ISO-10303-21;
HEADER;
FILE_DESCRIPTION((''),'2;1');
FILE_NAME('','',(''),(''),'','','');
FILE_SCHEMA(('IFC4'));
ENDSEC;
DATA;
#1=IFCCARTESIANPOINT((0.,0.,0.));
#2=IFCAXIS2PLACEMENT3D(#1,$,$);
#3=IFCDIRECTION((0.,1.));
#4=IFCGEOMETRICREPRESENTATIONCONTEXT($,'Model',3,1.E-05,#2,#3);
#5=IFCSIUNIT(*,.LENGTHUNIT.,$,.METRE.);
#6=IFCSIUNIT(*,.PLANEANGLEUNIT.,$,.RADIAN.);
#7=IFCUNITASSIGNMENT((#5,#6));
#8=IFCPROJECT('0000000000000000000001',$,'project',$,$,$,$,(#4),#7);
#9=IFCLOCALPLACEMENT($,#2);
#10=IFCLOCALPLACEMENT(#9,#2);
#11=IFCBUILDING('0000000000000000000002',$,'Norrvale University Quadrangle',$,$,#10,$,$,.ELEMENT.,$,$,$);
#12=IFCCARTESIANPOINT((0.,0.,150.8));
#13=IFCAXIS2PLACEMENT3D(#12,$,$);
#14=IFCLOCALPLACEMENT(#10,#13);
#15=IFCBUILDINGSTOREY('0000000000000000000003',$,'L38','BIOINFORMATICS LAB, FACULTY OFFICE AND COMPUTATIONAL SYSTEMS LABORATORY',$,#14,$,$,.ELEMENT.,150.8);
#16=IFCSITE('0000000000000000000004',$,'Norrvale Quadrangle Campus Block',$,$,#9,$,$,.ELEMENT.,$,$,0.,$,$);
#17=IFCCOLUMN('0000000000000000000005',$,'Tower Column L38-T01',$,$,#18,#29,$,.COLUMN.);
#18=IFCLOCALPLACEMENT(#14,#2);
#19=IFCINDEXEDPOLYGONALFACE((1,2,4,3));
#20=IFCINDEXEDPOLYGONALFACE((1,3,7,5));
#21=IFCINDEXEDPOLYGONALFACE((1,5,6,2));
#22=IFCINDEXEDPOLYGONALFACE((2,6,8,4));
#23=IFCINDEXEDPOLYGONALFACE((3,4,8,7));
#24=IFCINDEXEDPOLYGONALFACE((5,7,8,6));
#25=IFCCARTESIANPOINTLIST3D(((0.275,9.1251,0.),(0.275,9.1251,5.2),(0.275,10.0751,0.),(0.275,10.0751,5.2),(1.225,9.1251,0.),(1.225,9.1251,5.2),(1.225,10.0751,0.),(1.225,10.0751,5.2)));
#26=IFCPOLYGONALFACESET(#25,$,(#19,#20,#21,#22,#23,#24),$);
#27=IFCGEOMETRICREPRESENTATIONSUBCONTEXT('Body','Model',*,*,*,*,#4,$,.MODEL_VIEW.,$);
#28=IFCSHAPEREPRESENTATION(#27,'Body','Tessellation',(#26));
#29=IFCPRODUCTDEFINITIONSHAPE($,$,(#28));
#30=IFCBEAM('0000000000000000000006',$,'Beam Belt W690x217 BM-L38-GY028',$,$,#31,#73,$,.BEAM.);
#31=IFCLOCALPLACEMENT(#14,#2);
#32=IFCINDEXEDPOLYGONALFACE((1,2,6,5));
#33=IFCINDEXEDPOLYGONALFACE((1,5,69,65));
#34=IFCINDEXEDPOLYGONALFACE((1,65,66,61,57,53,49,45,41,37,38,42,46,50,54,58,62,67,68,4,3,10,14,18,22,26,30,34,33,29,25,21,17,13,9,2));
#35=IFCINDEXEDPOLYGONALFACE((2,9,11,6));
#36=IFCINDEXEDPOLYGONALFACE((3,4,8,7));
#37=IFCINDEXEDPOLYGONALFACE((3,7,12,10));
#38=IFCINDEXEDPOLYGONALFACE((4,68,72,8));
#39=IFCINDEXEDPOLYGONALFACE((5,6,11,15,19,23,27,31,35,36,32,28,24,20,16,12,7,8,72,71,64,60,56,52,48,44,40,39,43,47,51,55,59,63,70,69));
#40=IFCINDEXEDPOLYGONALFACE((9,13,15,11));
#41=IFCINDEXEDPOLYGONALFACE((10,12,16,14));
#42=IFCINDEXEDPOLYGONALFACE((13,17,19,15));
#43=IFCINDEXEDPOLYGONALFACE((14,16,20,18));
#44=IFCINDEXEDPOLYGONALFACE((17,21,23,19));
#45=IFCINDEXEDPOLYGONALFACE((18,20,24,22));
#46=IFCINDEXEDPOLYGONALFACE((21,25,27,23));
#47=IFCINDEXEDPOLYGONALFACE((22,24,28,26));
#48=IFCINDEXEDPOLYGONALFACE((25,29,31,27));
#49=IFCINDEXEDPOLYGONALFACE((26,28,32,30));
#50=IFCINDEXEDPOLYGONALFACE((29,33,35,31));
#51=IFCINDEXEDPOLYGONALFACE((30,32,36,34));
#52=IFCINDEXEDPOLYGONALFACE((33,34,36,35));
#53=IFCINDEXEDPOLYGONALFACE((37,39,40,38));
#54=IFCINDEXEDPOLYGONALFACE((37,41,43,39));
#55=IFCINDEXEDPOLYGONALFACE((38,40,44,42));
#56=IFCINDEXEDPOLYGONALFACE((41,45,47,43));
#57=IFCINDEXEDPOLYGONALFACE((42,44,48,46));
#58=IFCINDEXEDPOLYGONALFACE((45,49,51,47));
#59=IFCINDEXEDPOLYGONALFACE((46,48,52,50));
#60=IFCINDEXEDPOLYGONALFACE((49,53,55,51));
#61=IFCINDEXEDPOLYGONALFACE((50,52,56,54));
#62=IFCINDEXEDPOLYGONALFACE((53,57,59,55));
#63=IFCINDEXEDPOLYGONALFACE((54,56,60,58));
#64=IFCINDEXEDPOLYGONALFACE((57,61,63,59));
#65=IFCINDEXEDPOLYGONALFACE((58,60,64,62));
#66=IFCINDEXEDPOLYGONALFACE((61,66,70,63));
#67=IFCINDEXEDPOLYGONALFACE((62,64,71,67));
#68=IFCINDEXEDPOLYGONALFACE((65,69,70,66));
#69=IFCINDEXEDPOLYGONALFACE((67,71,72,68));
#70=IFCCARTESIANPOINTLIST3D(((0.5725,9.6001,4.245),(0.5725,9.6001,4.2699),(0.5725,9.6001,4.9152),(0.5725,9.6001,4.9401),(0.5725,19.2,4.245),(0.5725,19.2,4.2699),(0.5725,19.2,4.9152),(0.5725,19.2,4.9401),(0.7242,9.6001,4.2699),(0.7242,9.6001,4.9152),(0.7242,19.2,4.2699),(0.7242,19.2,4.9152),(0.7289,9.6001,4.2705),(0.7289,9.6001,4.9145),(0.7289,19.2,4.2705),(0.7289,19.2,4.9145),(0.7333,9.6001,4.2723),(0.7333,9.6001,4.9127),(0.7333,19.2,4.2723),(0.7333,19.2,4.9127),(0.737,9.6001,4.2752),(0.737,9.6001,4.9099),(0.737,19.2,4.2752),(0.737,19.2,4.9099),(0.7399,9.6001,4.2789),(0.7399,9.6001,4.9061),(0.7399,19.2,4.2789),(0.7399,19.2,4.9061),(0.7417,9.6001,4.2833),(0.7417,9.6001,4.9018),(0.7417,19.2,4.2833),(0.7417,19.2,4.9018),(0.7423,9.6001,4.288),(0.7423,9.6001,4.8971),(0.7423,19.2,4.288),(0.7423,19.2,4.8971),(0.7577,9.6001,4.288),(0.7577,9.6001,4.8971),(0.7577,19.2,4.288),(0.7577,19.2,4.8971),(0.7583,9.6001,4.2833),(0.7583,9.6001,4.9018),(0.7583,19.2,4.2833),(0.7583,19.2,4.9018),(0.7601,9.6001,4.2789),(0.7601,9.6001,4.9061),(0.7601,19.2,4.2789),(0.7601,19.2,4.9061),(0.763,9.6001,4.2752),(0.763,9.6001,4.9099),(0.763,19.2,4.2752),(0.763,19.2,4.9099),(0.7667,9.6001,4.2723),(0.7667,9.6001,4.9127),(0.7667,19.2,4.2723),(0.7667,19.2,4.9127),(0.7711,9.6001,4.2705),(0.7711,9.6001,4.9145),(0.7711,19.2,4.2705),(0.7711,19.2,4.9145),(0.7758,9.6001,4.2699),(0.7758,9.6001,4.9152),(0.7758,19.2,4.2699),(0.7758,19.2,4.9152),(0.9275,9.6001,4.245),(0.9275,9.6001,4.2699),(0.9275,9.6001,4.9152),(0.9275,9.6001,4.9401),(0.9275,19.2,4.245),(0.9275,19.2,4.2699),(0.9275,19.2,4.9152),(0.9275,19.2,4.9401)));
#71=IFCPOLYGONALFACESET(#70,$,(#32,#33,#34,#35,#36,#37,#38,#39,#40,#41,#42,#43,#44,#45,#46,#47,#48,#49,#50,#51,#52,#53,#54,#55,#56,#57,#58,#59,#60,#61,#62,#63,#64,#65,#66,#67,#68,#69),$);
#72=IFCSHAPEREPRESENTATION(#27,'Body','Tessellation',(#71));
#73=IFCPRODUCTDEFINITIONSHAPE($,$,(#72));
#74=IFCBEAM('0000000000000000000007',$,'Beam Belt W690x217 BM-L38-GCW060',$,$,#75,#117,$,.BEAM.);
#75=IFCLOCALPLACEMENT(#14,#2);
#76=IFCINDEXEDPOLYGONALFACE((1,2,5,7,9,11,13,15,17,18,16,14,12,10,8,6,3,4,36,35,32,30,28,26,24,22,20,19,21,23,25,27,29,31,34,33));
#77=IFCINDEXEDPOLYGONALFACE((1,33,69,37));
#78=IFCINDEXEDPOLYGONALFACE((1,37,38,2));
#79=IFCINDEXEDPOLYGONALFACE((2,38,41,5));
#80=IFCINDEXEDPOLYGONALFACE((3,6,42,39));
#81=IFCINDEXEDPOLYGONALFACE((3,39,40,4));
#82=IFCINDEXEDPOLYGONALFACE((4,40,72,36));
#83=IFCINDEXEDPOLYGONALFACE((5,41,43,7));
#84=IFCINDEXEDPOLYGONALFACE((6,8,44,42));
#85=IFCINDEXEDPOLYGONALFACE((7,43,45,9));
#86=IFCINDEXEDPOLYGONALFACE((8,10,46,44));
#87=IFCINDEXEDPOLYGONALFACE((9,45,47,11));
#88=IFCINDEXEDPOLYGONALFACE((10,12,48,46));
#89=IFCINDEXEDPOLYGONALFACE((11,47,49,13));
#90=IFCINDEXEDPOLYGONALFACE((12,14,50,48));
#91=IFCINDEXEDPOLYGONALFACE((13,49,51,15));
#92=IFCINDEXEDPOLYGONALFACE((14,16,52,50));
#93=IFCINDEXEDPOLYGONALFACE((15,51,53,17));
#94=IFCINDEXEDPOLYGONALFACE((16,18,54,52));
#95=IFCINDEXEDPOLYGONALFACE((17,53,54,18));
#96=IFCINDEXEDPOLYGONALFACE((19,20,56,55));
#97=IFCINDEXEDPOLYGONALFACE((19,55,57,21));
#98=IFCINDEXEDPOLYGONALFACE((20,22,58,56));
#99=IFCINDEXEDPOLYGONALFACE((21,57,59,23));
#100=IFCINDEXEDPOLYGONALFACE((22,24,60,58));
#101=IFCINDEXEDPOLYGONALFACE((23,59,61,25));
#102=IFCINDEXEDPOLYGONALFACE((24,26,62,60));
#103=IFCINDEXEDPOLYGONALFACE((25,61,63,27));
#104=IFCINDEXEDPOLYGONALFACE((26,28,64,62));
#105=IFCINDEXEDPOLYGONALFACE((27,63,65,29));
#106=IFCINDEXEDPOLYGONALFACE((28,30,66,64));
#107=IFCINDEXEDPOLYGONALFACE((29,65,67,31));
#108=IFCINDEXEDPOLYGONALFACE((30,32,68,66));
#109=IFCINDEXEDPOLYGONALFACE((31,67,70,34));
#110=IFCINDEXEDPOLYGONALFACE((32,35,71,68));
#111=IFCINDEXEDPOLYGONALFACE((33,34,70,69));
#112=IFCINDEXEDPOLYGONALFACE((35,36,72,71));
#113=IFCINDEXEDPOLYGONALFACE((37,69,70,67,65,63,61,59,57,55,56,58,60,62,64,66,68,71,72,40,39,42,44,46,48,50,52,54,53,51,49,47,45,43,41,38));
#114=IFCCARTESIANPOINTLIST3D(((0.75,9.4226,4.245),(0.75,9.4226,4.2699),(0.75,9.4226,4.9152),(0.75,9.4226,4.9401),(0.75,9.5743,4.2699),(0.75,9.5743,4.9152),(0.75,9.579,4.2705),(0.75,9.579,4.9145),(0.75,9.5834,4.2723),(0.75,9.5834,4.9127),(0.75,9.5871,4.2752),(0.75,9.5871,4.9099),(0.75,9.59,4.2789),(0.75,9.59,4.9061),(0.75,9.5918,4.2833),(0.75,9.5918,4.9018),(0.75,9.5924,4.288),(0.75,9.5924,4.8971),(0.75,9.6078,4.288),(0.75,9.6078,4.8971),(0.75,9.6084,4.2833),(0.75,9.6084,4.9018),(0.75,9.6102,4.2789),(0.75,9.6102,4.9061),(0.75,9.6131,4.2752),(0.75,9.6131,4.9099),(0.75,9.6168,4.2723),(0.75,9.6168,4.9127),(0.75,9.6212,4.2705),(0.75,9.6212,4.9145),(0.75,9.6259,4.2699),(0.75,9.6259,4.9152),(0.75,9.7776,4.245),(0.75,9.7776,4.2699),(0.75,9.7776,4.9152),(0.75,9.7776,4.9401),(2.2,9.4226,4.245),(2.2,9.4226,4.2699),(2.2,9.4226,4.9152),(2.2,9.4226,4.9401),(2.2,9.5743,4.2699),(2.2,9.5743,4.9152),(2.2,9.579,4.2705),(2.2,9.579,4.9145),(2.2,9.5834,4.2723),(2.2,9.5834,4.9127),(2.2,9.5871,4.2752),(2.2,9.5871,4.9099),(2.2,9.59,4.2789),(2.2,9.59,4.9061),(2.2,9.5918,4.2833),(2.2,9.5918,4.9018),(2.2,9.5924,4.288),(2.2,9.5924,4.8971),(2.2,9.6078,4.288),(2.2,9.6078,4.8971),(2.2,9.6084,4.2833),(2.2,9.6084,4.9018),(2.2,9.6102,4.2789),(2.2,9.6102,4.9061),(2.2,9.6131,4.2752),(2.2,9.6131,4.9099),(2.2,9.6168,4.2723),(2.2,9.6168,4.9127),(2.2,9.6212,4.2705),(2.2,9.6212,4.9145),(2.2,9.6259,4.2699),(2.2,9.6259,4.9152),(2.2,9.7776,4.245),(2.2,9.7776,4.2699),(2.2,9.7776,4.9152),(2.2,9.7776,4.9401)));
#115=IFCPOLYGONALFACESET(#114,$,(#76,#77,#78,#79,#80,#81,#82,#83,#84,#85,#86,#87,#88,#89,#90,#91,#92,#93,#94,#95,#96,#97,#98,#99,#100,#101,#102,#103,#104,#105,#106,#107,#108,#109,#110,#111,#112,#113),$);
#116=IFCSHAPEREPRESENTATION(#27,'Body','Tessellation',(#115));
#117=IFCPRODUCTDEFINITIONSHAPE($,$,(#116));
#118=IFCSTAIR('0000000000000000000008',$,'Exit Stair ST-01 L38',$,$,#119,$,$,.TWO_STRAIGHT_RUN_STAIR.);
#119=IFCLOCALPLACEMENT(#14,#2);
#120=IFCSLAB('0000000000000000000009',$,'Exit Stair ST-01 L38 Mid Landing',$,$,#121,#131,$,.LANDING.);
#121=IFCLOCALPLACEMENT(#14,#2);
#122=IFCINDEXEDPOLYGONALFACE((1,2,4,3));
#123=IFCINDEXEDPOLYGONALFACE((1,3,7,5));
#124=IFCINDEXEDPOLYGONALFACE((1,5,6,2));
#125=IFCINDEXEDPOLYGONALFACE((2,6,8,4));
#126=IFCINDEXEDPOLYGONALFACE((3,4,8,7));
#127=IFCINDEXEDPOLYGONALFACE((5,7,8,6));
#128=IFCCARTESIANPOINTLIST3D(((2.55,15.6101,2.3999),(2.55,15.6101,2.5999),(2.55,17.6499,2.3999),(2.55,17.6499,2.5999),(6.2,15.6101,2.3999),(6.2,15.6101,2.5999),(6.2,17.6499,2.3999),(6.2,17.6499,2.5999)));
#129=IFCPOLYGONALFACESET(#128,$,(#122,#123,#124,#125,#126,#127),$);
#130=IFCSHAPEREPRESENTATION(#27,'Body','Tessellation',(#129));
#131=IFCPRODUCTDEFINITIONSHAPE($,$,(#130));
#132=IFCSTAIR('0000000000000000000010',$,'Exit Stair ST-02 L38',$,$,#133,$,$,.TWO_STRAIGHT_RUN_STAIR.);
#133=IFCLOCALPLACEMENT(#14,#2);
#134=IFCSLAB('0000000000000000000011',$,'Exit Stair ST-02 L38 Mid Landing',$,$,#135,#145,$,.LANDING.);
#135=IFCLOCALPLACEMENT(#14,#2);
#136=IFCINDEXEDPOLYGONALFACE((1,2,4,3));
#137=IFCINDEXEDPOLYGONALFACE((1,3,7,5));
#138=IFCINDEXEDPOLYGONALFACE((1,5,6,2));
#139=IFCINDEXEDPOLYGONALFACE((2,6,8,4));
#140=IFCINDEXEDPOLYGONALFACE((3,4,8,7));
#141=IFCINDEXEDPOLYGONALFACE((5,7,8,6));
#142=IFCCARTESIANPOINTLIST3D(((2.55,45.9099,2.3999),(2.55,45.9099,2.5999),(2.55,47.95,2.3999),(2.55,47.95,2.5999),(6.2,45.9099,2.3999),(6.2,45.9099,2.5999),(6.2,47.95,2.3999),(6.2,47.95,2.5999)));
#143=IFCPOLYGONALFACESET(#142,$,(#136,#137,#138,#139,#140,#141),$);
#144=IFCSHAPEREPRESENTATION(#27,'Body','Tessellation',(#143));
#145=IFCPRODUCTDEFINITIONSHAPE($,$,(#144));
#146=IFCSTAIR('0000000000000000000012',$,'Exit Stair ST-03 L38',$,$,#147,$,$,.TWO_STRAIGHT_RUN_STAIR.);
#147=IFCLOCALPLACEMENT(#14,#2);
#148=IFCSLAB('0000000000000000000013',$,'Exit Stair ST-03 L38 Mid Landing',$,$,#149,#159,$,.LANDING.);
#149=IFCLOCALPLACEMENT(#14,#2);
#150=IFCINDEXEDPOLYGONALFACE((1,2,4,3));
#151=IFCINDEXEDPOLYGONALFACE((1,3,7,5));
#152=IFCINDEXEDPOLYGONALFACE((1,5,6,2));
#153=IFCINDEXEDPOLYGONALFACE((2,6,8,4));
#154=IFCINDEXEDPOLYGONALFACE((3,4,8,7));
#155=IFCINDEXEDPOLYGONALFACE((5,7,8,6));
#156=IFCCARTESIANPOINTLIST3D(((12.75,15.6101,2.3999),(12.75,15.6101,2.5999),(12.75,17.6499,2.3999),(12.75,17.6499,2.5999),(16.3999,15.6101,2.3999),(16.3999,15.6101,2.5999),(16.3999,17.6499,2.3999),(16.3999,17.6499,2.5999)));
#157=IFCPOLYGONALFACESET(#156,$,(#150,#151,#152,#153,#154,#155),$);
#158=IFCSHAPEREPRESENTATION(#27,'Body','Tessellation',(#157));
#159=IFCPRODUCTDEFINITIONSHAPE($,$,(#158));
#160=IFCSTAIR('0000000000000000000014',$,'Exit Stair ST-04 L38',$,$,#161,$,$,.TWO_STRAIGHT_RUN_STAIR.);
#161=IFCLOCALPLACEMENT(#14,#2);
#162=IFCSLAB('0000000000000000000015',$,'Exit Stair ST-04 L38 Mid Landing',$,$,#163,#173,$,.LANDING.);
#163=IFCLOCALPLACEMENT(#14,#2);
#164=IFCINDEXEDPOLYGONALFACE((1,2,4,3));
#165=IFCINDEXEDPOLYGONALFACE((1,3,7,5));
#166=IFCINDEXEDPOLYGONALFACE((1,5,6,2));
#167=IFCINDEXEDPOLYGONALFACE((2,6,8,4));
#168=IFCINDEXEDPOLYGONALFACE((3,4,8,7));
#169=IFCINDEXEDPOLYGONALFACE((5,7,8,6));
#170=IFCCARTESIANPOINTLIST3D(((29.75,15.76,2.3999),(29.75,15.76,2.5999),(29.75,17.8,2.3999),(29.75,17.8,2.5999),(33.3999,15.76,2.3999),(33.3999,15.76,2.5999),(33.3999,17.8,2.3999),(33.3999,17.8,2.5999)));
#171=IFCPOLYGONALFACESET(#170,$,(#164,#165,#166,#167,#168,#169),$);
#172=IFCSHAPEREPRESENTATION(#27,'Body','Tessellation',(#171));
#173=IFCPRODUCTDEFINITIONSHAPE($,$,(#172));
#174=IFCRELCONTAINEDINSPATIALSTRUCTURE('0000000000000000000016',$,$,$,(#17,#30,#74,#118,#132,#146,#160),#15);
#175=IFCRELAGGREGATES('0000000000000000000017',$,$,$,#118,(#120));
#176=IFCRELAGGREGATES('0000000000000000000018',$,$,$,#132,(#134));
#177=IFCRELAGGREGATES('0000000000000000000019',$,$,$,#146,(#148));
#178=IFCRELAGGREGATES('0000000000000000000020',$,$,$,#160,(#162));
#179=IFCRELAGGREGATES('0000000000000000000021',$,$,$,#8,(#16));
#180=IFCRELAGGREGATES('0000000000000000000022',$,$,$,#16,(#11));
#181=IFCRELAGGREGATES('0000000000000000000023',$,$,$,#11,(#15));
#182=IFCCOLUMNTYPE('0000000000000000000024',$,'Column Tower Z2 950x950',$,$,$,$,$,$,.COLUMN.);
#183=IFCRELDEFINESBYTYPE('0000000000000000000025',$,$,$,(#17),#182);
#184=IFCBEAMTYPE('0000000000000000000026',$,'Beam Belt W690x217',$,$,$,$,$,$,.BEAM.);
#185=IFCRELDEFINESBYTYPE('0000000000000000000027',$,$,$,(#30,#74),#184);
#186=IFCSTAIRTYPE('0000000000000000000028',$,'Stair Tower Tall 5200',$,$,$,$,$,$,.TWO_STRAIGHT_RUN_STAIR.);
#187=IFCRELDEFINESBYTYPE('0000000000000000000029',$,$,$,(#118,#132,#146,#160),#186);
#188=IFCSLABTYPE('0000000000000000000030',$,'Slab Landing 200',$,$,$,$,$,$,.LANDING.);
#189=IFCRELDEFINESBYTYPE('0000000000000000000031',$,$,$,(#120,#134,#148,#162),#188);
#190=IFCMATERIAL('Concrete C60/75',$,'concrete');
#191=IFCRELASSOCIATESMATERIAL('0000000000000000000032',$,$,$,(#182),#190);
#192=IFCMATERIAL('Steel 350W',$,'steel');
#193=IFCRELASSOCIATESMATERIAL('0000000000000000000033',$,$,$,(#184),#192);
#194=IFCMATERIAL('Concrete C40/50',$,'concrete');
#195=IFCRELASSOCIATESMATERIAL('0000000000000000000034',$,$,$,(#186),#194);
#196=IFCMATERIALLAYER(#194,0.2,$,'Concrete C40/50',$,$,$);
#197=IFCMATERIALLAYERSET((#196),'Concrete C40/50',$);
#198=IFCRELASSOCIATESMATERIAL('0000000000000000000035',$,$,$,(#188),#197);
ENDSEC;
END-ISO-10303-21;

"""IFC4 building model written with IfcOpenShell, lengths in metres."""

from ifc_helpers import new_model, si_unit, direction, frame, origin, origin_2d, place, context, subcontext, project, spatial, polyline, rectangle, i_section, outline, extrude, material, layer, layer_set, material_profile, profile_set, type_object, element, aggregate, save


model = new_model("IFC4")

# Units and contexts
model_context = context("Model", 3, precision=1e-05, world=origin(), true_north=direction((0.0, 1.0)))
body_context = subcontext(model_context, "Body", "Model", "MODEL_VIEW")
ifc_project = project(units=[si_unit("LENGTHUNIT", "METRE"), si_unit("PLANEANGLEUNIT", "RADIAN")], contexts=[model_context])

# Site, building, storey
site_placement = place(None, origin())
site = spatial("IfcSite", under=ifc_project, at=site_placement, Name="Norrvale Quadrangle Campus Block", CompositionType="ELEMENT", RefElevation=0.0)
building_placement = place(site_placement, origin())
building = spatial("IfcBuilding", under=site, at=building_placement, Name="Norrvale University Quadrangle", CompositionType="ELEMENT")
storey_placement = place(building_placement, frame((0.0, 0.0, 150.8)))
storey = spatial("IfcBuildingStorey", under=building, at=storey_placement, Name="L38", Description="BIOINFORMATICS LAB, FACULTY OFFICE AND COMPUTATIONAL SYSTEMS LABORATORY", CompositionType="ELEMENT", Elevation=150.8)

# Column
ifc_material_1 = material(Name="Concrete C60/75", Category="concrete")
ifc_material_profile_1 = material_profile(ifc_material_1, rectangle(XDim=0.95, YDim=0.95, at=origin_2d()), Name="Concrete C60/75")
ifc_profile_set_1 = profile_set([ifc_material_profile_1], Name="Concrete C60/75")
column_type = type_object("IfcColumnType", Name="Column Tower Z2 950x950", PredefinedType="COLUMN", material=ifc_profile_set_1)
column_placement = place(storey_placement, frame((0.75, 9.6001, 0.0), z_axis=(0.0, 0.0, 1.0), x_axis=(1.0, 0.0, 0.0)))
element("IfcColumn", 1, at=column_placement, inside=storey, type_object=column_type, Name="Tower Column L38-T01", PredefinedType="COLUMN", context=body_context, shape_type="SweptSolid", body=[
    extrude(rectangle(XDim=0.95, YDim=0.95, at=origin_2d()), origin(), (0.0, 0.0, 1.0), 5.2),
])

# Beams
ifc_material_2 = material(Name="Steel 350W", Category="steel")
ifc_material_profile_2 = material_profile(ifc_material_2, i_section(OverallWidth=0.355, OverallDepth=0.6951, WebThickness=0.0154, FlangeThickness=0.0249, FilletRadius=0.0181, at=origin_2d()), Name="Steel 350W")
ifc_profile_set_2 = profile_set([ifc_material_profile_2], Name="Steel 350W")
beam_type = type_object("IfcBeamType", Name="Beam Belt W690x217", PredefinedType="BEAM", material=ifc_profile_set_2)
beam_1_placement = place(storey_placement, frame((0.75, 9.6001, 4.5925), z_axis=(0.0, 1.0, 0.0), x_axis=(-1.0, 0.0, 0.0)))
element("IfcBeam", 2, at=beam_1_placement, inside=storey, type_object=beam_type, Name="Beam Belt W690x217 BM-L38-GY028", PredefinedType="BEAM", context=body_context, shape_type="SweptSolid", body=[
    extrude(i_section(OverallWidth=0.355, OverallDepth=0.6951, WebThickness=0.0154, FlangeThickness=0.0249, FilletRadius=0.0181, at=origin_2d()), origin(), (0.0, 0.0, 1.0), 9.5999),
])
beam_2_placement = place(storey_placement, frame((0.75, 9.6001, 4.5925), z_axis=(1.0, 0.0, 0.0), x_axis=(0.0, 1.0, 0.0)))
element("IfcBeam", 3, at=beam_2_placement, inside=storey, type_object=beam_type, Name="Beam Belt W690x217 BM-L38-GCW060", PredefinedType="BEAM", context=body_context, shape_type="SweptSolid", body=[
    extrude(i_section(OverallWidth=0.355, OverallDepth=0.6951, WebThickness=0.0154, FlangeThickness=0.0249, FilletRadius=0.0181, at=origin_2d()), origin(), (0.0, 0.0, 1.0), 1.45),
])

# Stairs, slabs
ifc_material_3 = material(Name="Concrete C40/50", Category="concrete")
stair_type = type_object("IfcStairType", Name="Stair Tower Tall 5200", PredefinedType="TWO_STRAIGHT_RUN_STAIR", material=ifc_material_3)
stair_1_placement = place(storey_placement, origin())
stair_1 = element("IfcStair", 4, at=stair_1_placement, inside=storey, type_object=stair_type, Name="Exit Stair ST-01 L38", PredefinedType="TWO_STRAIGHT_RUN_STAIR")
ifc_layer_1 = layer(ifc_material_3, 0.2, Name="Concrete C40/50")
ifc_layer_set_1 = layer_set([ifc_layer_1], Name="Concrete C40/50")
slab_type_1 = type_object("IfcSlabType", Name="Slab Landing 200", PredefinedType="LANDING", material=ifc_layer_set_1)
slab_1_placement = place(storey_placement, frame((0.0, 0.0, 2.3999)))
slab_1 = element("IfcSlab", 5, at=slab_1_placement, type_object=slab_type_1, Name="Exit Stair ST-01 L38 Mid Landing", PredefinedType="LANDING", context=body_context, shape_type="SweptSolid", body=[
    extrude(outline(polyline([(2.55, 15.6101), (6.2, 15.6101), (6.2, 17.6499), (2.55, 17.6499), (2.55, 15.6101)])), origin(), (0.0, 0.0, 1.0), 0.2),
])
aggregate(stair_1, [slab_1])
stair_2_placement = place(storey_placement, origin())
stair_2 = element("IfcStair", 6, at=stair_2_placement, inside=storey, type_object=stair_type, Name="Exit Stair ST-02 L38", PredefinedType="TWO_STRAIGHT_RUN_STAIR")
slab_2_placement = place(storey_placement, frame((0.0, 0.0, 2.3999)))
slab_2 = element("IfcSlab", 7, at=slab_2_placement, type_object=slab_type_1, Name="Exit Stair ST-02 L38 Mid Landing", PredefinedType="LANDING", context=body_context, shape_type="SweptSolid", body=[
    extrude(outline(polyline([(2.55, 45.9099), (6.2, 45.9099), (6.2, 47.95), (2.55, 47.95), (2.55, 45.9099)])), origin(), (0.0, 0.0, 1.0), 0.2),
])
aggregate(stair_2, [slab_2])
stair_3_placement = place(storey_placement, origin())
stair_3 = element("IfcStair", 8, at=stair_3_placement, inside=storey, type_object=stair_type, Name="Exit Stair ST-03 L38", PredefinedType="TWO_STRAIGHT_RUN_STAIR")
slab_3_placement = place(storey_placement, frame((0.0, 0.0, 2.3999)))
slab_3 = element("IfcSlab", 9, at=slab_3_placement, type_object=slab_type_1, Name="Exit Stair ST-03 L38 Mid Landing", PredefinedType="LANDING", context=body_context, shape_type="SweptSolid", body=[
    extrude(outline(polyline([(12.75, 15.6101), (16.3999, 15.6101), (16.3999, 17.6499), (12.75, 17.6499), (12.75, 15.6101)])), origin(), (0.0, 0.0, 1.0), 0.2),
])
aggregate(stair_3, [slab_3])
stair_4_placement = place(storey_placement, origin())
stair_4 = element("IfcStair", 10, at=stair_4_placement, inside=storey, type_object=stair_type, Name="Exit Stair ST-04 L38", PredefinedType="TWO_STRAIGHT_RUN_STAIR")
slab_4_placement = place(storey_placement, frame((0.0, 0.0, 2.3999)))
slab_4 = element("IfcSlab", 11, at=slab_4_placement, type_object=slab_type_1, Name="Exit Stair ST-04 L38 Mid Landing", PredefinedType="LANDING", context=body_context, shape_type="SweptSolid", body=[
    extrude(outline(polyline([(29.75, 15.76), (33.3999, 15.76), (33.3999, 17.8), (29.75, 17.8), (29.75, 15.76)])), origin(), (0.0, 0.0, 1.0), 0.2),
])
aggregate(stair_4, [slab_4])

save(model, "model.ifc")
